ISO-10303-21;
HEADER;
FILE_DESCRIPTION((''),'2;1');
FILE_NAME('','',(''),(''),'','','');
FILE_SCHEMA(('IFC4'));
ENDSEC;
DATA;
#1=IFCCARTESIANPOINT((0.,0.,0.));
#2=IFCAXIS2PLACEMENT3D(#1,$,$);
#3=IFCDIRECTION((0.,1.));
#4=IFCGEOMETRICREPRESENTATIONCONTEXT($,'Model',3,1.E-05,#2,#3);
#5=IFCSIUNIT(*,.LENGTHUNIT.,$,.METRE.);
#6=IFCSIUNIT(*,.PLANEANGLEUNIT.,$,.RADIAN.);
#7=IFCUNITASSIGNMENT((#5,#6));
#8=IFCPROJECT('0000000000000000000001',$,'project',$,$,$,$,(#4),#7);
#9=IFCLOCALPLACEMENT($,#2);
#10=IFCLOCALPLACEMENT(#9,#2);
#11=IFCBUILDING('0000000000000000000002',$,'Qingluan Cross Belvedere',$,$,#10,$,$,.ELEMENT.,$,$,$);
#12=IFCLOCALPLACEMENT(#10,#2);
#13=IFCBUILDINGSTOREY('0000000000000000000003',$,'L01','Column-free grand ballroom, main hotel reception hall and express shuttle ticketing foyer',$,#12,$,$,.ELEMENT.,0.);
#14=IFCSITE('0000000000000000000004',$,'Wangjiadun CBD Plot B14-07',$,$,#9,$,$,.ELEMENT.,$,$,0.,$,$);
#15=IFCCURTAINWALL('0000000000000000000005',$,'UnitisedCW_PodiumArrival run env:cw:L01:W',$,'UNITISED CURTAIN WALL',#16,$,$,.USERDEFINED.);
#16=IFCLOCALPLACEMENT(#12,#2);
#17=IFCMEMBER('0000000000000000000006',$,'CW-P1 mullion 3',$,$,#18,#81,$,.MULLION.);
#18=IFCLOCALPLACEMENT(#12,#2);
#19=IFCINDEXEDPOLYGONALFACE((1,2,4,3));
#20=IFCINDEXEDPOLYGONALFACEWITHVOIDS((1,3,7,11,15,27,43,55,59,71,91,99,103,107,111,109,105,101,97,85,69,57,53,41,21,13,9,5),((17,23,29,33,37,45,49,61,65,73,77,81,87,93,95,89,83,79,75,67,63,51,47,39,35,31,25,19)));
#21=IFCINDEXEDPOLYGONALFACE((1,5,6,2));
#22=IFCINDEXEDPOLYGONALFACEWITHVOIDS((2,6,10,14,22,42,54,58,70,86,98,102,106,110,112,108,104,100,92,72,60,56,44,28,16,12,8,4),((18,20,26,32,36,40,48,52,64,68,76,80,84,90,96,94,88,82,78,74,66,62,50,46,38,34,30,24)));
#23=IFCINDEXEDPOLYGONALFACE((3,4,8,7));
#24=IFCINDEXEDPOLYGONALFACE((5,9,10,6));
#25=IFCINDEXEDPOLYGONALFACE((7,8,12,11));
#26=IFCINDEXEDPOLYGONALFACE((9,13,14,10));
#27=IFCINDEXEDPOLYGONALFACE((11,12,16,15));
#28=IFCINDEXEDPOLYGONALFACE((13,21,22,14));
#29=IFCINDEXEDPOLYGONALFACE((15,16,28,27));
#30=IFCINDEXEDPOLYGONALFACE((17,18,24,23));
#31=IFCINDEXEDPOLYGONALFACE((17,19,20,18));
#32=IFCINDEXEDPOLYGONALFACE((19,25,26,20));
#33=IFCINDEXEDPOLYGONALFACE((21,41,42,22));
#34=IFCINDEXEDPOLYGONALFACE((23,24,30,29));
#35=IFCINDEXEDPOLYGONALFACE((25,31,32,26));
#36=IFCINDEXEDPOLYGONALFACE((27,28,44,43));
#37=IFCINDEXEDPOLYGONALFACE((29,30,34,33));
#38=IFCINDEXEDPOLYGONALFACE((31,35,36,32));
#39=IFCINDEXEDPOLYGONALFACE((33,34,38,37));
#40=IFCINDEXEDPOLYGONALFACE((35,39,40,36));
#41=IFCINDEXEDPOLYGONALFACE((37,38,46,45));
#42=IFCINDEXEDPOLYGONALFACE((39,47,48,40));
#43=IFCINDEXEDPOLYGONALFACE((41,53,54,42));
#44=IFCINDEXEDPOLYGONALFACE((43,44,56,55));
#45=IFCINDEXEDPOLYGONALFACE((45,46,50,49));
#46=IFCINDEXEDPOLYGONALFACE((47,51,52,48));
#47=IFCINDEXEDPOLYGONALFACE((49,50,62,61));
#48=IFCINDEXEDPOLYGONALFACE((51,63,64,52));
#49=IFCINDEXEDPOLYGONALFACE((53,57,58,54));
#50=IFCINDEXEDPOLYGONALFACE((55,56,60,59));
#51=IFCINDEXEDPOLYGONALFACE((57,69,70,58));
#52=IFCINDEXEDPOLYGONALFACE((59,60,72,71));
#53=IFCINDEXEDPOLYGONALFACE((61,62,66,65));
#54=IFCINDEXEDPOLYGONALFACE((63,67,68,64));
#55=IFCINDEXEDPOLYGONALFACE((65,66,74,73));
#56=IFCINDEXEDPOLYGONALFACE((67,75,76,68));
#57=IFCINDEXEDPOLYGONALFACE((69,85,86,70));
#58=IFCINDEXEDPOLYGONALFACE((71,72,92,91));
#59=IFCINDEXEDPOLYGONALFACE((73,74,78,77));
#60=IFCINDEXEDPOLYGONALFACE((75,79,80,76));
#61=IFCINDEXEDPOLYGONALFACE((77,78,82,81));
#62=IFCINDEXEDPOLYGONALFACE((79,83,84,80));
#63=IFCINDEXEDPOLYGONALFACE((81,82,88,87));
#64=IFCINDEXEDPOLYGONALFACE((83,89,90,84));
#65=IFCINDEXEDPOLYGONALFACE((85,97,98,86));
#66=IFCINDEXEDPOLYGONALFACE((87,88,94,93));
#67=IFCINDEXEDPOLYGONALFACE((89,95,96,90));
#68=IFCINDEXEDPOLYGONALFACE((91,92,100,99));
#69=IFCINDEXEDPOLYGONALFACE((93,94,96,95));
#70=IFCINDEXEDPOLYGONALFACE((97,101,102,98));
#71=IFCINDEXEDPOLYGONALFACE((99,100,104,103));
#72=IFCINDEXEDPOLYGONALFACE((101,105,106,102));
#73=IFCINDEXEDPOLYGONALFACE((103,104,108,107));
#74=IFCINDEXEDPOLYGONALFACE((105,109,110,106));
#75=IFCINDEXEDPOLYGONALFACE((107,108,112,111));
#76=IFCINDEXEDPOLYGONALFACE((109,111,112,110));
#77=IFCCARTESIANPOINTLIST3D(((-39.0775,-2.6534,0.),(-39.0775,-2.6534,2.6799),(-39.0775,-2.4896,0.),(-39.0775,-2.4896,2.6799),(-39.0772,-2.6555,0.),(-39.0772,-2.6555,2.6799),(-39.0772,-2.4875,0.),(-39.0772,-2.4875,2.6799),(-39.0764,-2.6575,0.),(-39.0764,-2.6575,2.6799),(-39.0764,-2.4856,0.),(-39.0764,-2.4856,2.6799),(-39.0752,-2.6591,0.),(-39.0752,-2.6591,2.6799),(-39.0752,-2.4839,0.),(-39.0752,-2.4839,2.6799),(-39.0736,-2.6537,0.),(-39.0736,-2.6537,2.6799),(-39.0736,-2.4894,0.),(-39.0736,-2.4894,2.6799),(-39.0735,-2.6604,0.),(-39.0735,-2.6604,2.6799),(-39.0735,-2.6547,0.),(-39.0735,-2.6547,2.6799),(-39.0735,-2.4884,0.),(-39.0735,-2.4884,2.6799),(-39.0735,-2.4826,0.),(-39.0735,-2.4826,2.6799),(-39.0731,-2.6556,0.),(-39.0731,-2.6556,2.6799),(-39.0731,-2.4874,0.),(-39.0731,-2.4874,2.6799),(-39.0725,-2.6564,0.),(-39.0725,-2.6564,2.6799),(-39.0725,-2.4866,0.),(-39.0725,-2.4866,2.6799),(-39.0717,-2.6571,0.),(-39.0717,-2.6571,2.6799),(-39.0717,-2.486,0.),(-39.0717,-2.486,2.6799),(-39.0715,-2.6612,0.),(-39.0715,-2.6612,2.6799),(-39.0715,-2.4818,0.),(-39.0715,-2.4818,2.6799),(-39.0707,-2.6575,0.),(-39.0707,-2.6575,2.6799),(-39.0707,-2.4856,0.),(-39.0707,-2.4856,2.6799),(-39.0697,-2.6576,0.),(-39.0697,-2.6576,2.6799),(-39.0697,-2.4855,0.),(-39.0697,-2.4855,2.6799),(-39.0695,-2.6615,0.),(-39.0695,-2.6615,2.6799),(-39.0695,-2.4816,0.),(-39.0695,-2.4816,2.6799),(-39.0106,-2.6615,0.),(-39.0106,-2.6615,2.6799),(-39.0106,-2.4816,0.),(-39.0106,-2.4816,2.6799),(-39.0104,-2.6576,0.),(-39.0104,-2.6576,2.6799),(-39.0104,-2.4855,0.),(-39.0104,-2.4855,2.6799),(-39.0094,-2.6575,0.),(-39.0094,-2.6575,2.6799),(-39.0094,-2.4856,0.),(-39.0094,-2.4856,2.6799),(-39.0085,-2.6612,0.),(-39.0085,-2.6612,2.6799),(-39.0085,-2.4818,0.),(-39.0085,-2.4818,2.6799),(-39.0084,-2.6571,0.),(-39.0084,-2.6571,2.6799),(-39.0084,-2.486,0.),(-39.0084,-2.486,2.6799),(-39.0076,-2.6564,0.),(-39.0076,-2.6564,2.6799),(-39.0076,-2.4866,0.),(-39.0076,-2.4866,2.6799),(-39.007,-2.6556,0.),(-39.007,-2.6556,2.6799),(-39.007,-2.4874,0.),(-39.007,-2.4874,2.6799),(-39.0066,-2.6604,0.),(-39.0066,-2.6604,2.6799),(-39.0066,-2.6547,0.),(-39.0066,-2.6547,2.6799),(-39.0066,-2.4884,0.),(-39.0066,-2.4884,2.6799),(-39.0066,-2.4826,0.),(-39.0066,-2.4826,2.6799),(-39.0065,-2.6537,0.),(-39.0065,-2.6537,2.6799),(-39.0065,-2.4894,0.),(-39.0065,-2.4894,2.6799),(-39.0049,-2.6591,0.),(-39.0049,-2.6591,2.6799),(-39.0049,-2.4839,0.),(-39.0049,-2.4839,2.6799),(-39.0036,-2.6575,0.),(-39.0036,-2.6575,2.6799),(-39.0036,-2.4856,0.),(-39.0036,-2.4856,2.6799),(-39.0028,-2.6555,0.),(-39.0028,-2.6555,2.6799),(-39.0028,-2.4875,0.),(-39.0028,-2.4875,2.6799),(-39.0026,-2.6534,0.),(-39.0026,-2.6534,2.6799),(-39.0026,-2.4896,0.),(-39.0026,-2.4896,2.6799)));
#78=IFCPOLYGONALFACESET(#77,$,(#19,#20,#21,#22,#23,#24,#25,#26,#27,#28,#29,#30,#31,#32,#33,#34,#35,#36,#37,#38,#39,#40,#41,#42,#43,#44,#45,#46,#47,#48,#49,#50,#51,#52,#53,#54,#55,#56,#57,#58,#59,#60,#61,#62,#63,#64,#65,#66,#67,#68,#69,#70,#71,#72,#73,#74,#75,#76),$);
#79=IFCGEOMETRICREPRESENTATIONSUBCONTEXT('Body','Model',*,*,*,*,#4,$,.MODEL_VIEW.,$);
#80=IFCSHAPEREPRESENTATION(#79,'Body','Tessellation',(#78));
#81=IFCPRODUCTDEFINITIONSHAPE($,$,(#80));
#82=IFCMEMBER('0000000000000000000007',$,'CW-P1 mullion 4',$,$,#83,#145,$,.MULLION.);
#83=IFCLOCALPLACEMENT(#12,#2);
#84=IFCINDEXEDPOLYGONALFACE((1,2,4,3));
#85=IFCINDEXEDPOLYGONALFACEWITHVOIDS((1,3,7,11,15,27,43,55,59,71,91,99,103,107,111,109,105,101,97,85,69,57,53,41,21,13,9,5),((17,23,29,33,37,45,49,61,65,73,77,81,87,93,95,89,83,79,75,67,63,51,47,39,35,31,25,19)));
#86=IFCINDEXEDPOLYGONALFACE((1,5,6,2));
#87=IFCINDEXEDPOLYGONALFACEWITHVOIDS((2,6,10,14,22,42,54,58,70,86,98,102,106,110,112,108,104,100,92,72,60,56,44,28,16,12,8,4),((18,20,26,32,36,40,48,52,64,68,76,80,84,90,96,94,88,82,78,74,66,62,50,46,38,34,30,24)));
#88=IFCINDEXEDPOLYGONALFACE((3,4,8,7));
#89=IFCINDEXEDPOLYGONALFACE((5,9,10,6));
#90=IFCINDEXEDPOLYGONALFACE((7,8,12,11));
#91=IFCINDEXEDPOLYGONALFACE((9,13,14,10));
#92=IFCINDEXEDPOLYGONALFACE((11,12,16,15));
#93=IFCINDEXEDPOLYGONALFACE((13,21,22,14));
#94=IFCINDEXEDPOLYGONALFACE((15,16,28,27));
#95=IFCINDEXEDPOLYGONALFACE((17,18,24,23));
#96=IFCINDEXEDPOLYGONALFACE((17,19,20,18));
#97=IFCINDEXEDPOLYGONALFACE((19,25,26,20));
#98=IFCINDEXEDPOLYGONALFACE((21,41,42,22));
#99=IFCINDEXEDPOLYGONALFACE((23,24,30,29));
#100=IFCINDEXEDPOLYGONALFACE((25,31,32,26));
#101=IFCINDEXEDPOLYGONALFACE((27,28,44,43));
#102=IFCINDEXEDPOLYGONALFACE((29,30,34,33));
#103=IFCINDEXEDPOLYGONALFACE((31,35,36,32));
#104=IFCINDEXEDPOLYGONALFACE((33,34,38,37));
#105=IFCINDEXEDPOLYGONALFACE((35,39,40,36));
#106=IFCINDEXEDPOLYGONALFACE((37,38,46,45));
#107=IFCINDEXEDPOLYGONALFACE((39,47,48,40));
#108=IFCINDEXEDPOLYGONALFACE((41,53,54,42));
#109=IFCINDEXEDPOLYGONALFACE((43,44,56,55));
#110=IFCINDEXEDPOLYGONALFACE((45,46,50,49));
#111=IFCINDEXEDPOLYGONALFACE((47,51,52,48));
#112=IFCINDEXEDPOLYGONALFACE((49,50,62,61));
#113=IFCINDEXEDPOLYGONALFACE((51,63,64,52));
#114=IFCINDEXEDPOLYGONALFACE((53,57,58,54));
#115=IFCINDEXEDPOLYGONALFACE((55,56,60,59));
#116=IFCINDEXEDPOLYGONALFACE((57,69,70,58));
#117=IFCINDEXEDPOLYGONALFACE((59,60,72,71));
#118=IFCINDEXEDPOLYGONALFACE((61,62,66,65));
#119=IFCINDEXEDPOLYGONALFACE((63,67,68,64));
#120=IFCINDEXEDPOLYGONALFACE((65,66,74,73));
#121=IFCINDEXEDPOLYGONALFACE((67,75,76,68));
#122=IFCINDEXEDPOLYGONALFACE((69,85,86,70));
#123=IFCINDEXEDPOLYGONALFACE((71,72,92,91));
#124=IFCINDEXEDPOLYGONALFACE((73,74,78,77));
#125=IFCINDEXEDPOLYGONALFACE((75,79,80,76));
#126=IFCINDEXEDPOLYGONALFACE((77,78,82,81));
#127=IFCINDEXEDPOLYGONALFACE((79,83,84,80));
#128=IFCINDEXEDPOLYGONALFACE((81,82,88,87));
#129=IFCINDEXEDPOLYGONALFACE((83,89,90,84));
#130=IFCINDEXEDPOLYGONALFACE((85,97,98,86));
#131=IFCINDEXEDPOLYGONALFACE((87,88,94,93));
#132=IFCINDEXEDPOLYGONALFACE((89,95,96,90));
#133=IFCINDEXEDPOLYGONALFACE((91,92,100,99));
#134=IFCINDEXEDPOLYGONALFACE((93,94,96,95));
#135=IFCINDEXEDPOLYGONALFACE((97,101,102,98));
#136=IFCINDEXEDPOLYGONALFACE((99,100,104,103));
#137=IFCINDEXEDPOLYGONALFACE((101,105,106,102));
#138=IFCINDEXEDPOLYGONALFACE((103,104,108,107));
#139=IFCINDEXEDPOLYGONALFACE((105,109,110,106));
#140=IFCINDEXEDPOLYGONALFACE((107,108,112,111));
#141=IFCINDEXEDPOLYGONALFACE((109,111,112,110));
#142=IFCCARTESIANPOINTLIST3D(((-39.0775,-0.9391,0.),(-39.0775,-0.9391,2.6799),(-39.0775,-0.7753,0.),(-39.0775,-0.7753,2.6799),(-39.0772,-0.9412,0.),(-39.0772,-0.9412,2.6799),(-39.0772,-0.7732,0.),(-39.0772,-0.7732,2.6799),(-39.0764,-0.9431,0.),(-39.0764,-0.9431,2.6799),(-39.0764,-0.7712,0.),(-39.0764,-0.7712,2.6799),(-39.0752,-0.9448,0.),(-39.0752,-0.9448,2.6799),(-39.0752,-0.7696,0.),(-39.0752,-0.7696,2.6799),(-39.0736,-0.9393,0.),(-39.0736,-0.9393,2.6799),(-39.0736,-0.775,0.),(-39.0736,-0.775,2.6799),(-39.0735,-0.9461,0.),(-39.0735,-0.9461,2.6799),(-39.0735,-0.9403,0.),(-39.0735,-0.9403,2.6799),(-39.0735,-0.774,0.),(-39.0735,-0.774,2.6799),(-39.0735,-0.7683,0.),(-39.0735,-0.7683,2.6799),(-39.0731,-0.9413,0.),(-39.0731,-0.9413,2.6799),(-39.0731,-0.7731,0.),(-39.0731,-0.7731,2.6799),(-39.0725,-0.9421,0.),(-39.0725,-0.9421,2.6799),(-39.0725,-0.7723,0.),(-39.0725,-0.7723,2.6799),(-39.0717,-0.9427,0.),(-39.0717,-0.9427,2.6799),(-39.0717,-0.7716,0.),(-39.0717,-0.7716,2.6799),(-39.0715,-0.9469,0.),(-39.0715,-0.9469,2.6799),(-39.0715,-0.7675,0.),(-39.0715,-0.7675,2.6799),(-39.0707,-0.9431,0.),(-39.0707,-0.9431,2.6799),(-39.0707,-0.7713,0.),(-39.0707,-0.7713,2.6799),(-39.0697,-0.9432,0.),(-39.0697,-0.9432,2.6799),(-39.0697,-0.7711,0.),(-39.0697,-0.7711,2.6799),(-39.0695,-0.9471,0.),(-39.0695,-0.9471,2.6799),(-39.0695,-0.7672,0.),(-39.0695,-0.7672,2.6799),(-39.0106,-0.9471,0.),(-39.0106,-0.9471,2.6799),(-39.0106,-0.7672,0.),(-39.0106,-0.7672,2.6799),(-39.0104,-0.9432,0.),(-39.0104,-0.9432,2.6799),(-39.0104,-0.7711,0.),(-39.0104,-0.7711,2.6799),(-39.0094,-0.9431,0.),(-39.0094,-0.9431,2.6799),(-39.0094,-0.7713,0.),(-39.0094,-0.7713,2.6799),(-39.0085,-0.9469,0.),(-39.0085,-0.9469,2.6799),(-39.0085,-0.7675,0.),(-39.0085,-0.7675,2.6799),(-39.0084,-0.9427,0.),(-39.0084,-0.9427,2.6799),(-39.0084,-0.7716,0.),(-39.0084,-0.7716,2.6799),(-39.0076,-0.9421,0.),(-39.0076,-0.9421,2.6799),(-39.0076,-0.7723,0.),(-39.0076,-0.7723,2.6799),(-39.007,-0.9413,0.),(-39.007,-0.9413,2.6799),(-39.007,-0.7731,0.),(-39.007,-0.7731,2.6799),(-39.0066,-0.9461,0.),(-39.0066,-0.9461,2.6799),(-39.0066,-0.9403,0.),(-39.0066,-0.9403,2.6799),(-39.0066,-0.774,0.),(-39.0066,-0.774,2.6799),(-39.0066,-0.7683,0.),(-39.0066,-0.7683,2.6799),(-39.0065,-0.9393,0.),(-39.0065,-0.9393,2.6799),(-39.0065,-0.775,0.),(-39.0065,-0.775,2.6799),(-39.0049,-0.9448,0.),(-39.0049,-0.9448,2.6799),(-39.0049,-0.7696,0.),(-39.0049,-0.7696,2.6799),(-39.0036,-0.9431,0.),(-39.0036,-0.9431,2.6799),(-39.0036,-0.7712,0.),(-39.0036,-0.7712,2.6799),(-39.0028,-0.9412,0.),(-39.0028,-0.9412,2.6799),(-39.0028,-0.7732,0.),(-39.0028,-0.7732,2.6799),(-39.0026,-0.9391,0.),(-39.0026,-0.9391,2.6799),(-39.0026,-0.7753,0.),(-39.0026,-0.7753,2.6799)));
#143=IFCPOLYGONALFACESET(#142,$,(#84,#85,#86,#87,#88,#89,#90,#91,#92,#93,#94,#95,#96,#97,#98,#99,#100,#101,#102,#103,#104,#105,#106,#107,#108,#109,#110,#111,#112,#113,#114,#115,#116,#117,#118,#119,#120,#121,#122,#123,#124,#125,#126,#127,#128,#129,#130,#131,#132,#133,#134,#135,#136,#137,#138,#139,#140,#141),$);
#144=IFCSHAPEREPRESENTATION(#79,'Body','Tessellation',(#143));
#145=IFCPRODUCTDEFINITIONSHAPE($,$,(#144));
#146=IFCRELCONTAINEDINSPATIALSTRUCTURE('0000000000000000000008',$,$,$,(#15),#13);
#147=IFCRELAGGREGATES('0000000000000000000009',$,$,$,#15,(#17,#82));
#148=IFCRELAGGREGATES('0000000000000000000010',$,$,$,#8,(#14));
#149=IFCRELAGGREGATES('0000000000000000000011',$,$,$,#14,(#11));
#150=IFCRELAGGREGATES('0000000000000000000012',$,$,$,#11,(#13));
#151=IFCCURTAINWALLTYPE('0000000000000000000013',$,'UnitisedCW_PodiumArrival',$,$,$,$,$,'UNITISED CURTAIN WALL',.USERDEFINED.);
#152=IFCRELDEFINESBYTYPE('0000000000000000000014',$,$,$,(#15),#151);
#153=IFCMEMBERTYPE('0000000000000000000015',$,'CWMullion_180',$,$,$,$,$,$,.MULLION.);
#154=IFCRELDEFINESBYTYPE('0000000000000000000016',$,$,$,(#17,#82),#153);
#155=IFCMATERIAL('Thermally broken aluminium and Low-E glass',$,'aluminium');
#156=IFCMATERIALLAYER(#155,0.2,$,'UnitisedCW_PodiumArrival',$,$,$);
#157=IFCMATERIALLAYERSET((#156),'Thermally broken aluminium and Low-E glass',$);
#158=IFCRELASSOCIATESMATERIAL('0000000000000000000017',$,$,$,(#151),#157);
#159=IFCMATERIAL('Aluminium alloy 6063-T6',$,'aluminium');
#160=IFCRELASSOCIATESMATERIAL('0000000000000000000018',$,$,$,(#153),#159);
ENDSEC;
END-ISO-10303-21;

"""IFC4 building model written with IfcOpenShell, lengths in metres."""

from ifc_helpers import new_model, si_unit, direction, frame, origin, origin_2d, place, context, subcontext, project, spatial, hollow_rectangle, extrude, material, layer, layer_set, material_profile, profile_set, type_object, element, aggregate, save


model = new_model("IFC4")

# Units and contexts
model_context = context("Model", 3, precision=1e-05, world=origin(), true_north=direction((0.0, 1.0)))
body_context = subcontext(model_context, "Body", "Model", "MODEL_VIEW")
ifc_project = project(units=[si_unit("LENGTHUNIT", "METRE"), si_unit("PLANEANGLEUNIT", "RADIAN")], contexts=[model_context])

# Site, building, storey
site_placement = place(None, origin())
site = spatial("IfcSite", under=ifc_project, at=site_placement, Name="Wangjiadun CBD Plot B14-07", CompositionType="ELEMENT", RefElevation=0.0)
building_placement = place(site_placement, origin())
building = spatial("IfcBuilding", under=site, at=building_placement, Name="Qingluan Cross Belvedere", CompositionType="ELEMENT")
storey_placement = place(building_placement, origin())
storey = spatial("IfcBuildingStorey", under=building, at=storey_placement, Name="L01", Description="Column-free grand ballroom, main hotel reception hall and express shuttle ticketing foyer", CompositionType="ELEMENT", Elevation=0.0)

# Curtain wall, members
ifc_material_1 = material(Name="Thermally broken aluminium and Low-E glass", Category="aluminium")
ifc_layer_1 = layer(ifc_material_1, 0.2, Name="UnitisedCW_PodiumArrival")
ifc_layer_set_1 = layer_set([ifc_layer_1], Name="Thermally broken aluminium and Low-E glass")
curtain_wall_type = type_object("IfcCurtainWallType", Name="UnitisedCW_PodiumArrival", ElementType="UNITISED CURTAIN WALL", PredefinedType="USERDEFINED", material=ifc_layer_set_1)
curtain_wall_placement = place(storey_placement, origin())
curtain_wall = element("IfcCurtainWall", 1, at=curtain_wall_placement, inside=storey, type_object=curtain_wall_type, Name="UnitisedCW_PodiumArrival run env:cw:L01:W", ObjectType="UNITISED CURTAIN WALL", PredefinedType="USERDEFINED")
ifc_material_2 = material(Name="Aluminium alloy 6063-T6", Category="aluminium")
ifc_material_profile_1 = material_profile(ifc_material_2, hollow_rectangle(XDim=0.075, YDim=0.1799, WallThickness=0.0039, InnerFilletRadius=0.0039, OuterFilletRadius=0.0081, at=origin_2d()), Name="CWM180x75x4")
ifc_profile_set_1 = profile_set([ifc_material_profile_1], Name="Aluminium alloy 6063-T6")
member_type_1 = type_object("IfcMemberType", Name="CWMullion_180", PredefinedType="MULLION", material=ifc_profile_set_1)
member_1_placement = place(storey_placement, frame((-39.04, -2.5715, 0.0), z_axis=(0.0, 0.0, 1.0), x_axis=(-1.0, 0.0, 0.0)))
member_1 = element("IfcMember", 2, at=member_1_placement, type_object=member_type_1, Name="CW-P1 mullion 3", PredefinedType="MULLION", context=body_context, shape_type="SweptSolid", body=[
    extrude(hollow_rectangle(XDim=0.075, YDim=0.1799, WallThickness=0.0039, InnerFilletRadius=0.0039, OuterFilletRadius=0.0081, at=origin_2d()), origin(), (0.0, 0.0, 1.0), 2.6799),
])
member_2_placement = place(storey_placement, frame((-39.04, -0.8572, 0.0), z_axis=(0.0, 0.0, 1.0), x_axis=(-1.0, 0.0, 0.0)))
member_2 = element("IfcMember", 3, at=member_2_placement, type_object=member_type_1, Name="CW-P1 mullion 4", PredefinedType="MULLION", context=body_context, shape_type="SweptSolid", body=[
    extrude(hollow_rectangle(XDim=0.075, YDim=0.1799, WallThickness=0.0039, InnerFilletRadius=0.0039, OuterFilletRadius=0.0081, at=origin_2d()), origin(), (0.0, 0.0, 1.0), 2.6799),
])
aggregate(curtain_wall, [member_1, member_2])

save(model, "model.ifc")
